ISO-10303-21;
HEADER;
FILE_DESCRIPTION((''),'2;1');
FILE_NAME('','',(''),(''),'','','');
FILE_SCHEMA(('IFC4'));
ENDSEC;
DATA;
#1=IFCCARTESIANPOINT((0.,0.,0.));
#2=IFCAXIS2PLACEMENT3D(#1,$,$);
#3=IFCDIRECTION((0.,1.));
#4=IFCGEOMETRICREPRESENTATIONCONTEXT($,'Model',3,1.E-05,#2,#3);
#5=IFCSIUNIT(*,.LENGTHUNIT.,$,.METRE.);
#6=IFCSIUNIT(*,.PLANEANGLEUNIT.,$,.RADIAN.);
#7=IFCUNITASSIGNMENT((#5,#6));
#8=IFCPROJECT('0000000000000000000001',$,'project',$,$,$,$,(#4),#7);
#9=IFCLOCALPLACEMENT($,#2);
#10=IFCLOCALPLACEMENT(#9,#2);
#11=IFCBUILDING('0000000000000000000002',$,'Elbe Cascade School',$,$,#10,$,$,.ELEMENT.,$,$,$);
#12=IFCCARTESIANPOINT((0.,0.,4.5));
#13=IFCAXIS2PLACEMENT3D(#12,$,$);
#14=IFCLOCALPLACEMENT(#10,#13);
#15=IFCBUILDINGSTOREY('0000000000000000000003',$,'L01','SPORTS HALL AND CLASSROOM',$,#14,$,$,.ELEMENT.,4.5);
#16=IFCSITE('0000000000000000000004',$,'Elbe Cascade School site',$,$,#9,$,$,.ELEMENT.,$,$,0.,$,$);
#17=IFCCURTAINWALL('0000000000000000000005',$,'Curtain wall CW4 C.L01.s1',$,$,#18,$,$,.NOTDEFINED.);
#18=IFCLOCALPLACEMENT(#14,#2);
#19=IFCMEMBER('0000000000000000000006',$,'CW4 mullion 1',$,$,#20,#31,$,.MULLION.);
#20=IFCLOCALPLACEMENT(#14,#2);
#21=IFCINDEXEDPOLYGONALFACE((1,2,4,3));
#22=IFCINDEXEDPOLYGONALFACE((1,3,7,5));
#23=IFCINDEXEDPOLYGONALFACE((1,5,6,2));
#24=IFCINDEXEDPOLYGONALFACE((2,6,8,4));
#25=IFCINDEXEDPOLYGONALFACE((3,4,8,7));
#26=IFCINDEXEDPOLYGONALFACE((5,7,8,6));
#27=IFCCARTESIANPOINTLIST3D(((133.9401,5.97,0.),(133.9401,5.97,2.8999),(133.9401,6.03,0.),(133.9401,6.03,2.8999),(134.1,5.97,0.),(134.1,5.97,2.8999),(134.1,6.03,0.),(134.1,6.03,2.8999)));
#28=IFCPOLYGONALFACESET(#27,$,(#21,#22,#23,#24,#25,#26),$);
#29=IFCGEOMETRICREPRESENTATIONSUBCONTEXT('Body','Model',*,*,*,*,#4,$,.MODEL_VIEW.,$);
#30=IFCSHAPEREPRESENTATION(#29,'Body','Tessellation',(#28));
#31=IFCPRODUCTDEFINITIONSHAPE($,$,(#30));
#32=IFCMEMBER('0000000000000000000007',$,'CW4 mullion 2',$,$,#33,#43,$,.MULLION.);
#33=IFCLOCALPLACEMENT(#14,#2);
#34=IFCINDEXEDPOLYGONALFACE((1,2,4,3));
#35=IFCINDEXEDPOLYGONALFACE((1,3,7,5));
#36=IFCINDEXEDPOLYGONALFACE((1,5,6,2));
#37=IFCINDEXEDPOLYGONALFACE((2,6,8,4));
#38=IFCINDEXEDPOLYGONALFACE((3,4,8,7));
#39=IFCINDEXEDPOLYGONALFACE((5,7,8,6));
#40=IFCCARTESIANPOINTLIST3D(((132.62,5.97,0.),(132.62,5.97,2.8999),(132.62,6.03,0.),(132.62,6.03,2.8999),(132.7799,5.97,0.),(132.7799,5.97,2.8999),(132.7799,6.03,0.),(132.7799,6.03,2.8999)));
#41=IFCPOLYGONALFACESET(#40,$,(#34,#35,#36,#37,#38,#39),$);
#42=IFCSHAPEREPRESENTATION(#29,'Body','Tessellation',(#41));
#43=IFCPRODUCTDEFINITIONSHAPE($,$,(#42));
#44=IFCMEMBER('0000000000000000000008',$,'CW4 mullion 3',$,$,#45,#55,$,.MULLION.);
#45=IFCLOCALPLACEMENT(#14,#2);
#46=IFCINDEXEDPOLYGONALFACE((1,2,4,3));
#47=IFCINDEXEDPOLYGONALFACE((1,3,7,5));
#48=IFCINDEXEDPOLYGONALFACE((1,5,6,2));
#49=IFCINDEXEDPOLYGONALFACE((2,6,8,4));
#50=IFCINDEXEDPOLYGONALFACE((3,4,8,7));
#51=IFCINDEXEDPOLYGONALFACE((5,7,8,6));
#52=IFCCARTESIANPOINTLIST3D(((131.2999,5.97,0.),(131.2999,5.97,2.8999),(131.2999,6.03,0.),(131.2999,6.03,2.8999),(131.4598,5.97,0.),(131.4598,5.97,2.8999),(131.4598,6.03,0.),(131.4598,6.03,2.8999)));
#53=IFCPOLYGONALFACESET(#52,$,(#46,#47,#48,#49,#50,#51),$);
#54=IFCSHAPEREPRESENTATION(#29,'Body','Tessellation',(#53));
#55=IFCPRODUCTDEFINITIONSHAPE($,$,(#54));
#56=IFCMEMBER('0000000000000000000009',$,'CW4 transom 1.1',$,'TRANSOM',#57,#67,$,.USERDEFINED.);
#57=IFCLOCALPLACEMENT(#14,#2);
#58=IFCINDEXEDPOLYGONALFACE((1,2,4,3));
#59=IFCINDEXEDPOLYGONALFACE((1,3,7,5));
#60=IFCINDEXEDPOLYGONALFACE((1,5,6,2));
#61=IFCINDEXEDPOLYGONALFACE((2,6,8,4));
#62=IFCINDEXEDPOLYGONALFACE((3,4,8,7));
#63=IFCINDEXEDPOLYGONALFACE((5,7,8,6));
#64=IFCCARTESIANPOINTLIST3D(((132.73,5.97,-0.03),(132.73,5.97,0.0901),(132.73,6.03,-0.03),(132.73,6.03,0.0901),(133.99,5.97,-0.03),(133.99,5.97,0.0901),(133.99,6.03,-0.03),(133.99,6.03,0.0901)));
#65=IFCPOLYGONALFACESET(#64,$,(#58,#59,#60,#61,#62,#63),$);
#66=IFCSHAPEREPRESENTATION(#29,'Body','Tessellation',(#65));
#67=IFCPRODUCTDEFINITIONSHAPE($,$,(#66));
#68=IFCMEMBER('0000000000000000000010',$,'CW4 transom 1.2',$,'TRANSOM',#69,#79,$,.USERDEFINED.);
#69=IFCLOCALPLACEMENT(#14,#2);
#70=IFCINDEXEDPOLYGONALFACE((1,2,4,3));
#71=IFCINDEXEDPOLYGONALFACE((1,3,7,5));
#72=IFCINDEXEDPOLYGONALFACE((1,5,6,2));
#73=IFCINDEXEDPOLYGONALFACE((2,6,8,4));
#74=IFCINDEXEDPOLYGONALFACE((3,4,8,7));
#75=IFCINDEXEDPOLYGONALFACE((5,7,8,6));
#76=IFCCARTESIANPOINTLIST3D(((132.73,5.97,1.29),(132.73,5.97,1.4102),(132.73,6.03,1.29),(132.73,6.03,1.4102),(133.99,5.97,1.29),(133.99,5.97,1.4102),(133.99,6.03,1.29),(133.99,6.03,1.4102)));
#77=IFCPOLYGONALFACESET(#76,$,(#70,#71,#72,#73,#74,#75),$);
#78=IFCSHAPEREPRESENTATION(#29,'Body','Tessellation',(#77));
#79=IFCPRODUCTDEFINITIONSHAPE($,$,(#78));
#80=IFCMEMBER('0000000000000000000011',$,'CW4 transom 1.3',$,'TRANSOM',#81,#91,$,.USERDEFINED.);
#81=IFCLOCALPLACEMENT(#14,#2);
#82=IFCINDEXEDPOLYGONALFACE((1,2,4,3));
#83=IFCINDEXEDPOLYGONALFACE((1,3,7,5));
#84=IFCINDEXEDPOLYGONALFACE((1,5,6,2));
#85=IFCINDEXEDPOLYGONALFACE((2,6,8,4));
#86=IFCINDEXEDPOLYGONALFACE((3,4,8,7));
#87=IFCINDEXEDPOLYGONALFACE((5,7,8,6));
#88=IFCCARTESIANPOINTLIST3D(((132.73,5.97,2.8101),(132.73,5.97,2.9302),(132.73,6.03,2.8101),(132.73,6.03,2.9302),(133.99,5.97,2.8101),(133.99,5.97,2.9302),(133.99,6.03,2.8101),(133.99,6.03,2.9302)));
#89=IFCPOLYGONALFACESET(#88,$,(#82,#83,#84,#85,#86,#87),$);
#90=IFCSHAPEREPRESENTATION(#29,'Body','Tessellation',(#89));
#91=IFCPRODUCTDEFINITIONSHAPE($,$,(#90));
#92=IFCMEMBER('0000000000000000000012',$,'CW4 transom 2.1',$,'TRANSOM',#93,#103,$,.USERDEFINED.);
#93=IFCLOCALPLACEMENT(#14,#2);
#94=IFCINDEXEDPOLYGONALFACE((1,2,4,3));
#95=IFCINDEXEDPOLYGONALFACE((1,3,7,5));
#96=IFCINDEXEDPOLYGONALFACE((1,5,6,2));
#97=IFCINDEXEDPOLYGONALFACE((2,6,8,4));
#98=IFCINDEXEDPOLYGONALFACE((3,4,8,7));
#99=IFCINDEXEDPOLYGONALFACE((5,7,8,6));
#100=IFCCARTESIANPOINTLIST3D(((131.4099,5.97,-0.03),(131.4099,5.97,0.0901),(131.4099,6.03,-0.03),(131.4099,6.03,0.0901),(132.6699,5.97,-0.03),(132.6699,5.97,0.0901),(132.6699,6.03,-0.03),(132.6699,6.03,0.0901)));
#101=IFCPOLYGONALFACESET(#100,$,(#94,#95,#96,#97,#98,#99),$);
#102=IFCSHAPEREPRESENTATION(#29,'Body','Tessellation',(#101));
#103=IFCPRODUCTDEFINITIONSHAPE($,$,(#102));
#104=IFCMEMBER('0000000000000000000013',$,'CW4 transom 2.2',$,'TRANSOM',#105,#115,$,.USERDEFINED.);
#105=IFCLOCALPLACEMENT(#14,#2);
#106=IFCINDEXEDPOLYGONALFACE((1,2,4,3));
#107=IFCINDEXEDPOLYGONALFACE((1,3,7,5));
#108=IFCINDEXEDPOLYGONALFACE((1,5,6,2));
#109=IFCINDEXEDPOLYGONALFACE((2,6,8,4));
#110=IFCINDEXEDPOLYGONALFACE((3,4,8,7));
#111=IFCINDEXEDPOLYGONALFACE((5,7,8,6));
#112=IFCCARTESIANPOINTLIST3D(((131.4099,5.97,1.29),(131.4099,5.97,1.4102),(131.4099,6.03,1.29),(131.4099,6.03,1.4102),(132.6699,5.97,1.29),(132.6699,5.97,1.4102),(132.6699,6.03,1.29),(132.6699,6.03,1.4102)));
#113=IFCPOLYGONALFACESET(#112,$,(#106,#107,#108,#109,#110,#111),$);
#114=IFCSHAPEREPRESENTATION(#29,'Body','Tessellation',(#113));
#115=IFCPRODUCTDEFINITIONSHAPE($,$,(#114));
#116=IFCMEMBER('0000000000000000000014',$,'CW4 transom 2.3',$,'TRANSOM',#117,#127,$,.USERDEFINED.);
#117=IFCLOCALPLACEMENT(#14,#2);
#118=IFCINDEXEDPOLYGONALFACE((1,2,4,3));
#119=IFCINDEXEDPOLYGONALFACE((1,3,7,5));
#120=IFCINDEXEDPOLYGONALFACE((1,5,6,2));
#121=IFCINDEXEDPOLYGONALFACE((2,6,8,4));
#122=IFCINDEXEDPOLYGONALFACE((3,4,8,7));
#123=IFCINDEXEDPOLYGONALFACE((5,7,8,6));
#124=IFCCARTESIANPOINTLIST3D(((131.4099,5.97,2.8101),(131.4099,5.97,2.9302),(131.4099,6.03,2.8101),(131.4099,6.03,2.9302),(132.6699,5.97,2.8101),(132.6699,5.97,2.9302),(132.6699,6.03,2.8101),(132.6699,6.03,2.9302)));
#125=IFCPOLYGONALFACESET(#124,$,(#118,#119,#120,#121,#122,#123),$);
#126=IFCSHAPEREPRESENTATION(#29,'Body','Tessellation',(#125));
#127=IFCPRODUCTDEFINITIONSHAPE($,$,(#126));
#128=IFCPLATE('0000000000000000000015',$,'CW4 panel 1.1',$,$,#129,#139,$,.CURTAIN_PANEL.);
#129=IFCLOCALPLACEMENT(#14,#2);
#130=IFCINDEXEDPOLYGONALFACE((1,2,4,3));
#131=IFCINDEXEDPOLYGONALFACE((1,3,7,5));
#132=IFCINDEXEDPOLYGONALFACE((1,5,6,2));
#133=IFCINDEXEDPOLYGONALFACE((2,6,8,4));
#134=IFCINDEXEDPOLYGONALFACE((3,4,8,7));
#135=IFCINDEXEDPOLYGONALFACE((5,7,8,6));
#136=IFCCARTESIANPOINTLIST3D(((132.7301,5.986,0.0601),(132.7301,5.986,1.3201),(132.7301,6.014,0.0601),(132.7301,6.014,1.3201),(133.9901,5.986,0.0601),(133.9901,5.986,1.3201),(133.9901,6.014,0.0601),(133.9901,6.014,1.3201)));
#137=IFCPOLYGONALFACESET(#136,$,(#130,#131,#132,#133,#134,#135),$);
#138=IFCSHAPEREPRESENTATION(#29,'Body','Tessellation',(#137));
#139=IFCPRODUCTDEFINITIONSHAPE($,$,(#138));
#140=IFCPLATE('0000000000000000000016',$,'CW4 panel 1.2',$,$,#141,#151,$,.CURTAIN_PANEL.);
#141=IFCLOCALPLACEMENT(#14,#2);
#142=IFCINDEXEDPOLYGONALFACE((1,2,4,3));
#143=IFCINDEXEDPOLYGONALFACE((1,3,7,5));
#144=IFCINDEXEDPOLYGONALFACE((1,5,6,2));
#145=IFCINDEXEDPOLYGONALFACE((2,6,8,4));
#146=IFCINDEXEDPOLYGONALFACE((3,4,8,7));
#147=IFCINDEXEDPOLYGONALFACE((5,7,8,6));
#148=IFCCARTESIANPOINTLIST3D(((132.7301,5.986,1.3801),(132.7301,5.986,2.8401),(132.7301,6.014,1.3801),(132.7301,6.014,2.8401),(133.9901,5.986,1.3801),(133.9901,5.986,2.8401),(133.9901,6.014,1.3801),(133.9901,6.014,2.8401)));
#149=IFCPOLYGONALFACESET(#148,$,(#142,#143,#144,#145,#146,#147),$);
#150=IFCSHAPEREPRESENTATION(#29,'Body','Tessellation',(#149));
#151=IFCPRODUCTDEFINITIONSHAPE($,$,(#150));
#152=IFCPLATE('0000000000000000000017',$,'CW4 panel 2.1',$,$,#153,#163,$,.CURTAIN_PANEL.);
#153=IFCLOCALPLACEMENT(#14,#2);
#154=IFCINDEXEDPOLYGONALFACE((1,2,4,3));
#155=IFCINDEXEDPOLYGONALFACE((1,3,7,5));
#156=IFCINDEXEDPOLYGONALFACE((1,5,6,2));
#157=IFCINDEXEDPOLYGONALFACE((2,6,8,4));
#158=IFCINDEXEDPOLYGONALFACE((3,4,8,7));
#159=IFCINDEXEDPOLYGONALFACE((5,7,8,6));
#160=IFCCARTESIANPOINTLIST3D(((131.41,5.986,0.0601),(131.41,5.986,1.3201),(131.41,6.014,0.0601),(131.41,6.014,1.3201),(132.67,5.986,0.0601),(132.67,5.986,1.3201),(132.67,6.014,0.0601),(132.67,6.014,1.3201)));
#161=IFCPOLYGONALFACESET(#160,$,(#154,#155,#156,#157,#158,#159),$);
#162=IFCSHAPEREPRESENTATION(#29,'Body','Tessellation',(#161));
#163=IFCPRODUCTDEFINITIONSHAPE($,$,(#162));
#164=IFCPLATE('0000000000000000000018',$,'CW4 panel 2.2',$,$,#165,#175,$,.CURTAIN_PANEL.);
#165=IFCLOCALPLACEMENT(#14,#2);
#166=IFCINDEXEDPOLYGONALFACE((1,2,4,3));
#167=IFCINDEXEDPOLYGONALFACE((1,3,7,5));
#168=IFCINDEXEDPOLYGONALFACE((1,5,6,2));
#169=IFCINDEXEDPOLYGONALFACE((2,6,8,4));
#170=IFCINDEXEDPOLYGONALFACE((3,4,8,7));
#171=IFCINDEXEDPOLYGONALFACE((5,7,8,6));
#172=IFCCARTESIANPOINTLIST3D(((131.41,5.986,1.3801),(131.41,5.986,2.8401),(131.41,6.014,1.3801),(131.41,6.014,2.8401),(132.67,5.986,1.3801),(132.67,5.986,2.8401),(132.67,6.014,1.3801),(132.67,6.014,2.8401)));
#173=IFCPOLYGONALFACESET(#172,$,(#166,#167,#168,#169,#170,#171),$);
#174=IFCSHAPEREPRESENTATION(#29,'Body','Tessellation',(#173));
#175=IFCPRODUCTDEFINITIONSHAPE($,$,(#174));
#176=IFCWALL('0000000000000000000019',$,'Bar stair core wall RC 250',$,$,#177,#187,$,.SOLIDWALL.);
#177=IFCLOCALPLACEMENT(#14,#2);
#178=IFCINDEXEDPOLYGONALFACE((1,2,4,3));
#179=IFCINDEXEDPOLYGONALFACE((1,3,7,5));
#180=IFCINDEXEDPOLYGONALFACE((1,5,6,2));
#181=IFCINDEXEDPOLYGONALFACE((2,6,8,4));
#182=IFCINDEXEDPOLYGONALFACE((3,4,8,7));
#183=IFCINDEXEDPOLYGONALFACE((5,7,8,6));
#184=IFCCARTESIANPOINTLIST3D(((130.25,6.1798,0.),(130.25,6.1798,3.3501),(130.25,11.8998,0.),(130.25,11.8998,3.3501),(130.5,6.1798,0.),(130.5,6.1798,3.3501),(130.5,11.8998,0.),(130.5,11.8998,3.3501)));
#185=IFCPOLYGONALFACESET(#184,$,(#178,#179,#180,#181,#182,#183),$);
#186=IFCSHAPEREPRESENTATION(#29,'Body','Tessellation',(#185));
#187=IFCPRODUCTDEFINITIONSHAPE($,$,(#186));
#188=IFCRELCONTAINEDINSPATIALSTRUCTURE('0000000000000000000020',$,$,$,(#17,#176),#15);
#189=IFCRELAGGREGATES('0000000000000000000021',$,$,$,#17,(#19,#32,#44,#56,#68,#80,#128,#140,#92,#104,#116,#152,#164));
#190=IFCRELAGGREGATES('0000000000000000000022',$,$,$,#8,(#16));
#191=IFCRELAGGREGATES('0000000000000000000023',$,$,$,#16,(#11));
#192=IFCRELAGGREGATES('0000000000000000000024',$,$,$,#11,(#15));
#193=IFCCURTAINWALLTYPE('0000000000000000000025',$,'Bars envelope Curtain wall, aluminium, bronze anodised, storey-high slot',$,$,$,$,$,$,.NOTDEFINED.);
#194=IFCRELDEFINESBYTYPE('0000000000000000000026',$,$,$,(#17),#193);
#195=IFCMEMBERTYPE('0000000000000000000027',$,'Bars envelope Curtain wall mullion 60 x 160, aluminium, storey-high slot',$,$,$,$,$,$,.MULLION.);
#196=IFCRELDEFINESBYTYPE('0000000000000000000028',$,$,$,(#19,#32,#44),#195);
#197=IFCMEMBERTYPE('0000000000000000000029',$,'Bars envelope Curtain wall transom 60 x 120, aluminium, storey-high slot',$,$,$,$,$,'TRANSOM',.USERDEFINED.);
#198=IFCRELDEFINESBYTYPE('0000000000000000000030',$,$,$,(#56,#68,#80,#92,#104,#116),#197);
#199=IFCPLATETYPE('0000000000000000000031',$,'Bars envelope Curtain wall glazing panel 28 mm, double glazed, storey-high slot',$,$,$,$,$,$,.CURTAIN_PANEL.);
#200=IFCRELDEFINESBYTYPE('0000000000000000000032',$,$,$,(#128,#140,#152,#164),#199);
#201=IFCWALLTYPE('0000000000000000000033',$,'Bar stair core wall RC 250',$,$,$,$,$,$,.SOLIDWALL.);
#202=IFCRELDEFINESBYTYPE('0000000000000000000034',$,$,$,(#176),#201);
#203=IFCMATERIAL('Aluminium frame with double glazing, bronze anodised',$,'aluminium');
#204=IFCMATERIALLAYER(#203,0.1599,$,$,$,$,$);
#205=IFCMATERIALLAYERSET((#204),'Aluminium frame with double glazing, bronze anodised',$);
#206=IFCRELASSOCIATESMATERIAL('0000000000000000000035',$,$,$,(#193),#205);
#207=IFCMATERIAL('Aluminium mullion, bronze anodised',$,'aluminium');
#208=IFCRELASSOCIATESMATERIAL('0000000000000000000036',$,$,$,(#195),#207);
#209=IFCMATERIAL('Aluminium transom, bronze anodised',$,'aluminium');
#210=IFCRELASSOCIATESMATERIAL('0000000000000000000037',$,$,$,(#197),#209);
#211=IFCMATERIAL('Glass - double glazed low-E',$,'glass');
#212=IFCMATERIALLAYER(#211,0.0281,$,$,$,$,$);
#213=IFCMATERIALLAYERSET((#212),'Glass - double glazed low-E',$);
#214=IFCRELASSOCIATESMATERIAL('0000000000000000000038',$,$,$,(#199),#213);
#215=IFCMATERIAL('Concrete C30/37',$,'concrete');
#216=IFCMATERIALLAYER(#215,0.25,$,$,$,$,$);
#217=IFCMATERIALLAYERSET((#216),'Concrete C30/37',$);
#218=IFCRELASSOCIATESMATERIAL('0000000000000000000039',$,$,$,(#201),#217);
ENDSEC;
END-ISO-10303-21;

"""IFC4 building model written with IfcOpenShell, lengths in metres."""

from ifc_helpers import new_model, si_unit, direction, frame, frame_2d, origin, origin_2d, place, context, subcontext, project, spatial, rectangle, extrude, material, layer, layer_set, material_profile, profile_set, type_object, element, aggregate, save


model = new_model("IFC4")

# Units and contexts
model_context = context("Model", 3, precision=1e-05, world=origin(), true_north=direction((0.0, 1.0)))
body_context = subcontext(model_context, "Body", "Model", "MODEL_VIEW")
ifc_project = project(units=[si_unit("LENGTHUNIT", "METRE"), si_unit("PLANEANGLEUNIT", "RADIAN")], contexts=[model_context])

# Site, building, storey
site_placement = place(None, origin())
site = spatial("IfcSite", under=ifc_project, at=site_placement, Name="Elbe Cascade School site", CompositionType="ELEMENT", RefElevation=0.0)
building_placement = place(site_placement, origin())
building = spatial("IfcBuilding", under=site, at=building_placement, Name="Elbe Cascade School", CompositionType="ELEMENT")
storey_placement = place(building_placement, frame((0.0, 0.0, 4.5)))
storey = spatial("IfcBuildingStorey", under=building, at=storey_placement, Name="L01", Description="SPORTS HALL AND CLASSROOM", CompositionType="ELEMENT", Elevation=4.5)

# Curtain wall, members, plates
ifc_material_1 = material(Name="Aluminium frame with double glazing, bronze anodised", Category="aluminium")
ifc_layer_1 = layer(ifc_material_1, 0.1599)
ifc_layer_set_1 = layer_set([ifc_layer_1], Name="Aluminium frame with double glazing, bronze anodised")
curtain_wall_type = type_object("IfcCurtainWallType", Name="Bars envelope Curtain wall, aluminium, bronze anodised, storey-high slot", PredefinedType="NOTDEFINED", material=ifc_layer_set_1)
curtain_wall_placement = place(storey_placement, origin())
curtain_wall = element("IfcCurtainWall", 1, at=curtain_wall_placement, inside=storey, type_object=curtain_wall_type, Name="Curtain wall CW4 C.L01.s1", PredefinedType="NOTDEFINED")
ifc_material_2 = material(Name="Aluminium mullion, bronze anodised", Category="aluminium")
ifc_material_profile_1 = material_profile(ifc_material_2, rectangle(XDim=0.0601, YDim=0.1599, at=origin_2d()), Name="Bars envelope Curtain wall mullion 60 x 160, aluminium, storey-high slot")
ifc_profile_set_1 = profile_set([ifc_material_profile_1], Name="Aluminium mullion, bronze anodised")
member_type_1 = type_object("IfcMemberType", Name="Bars envelope Curtain wall mullion 60 x 160, aluminium, storey-high slot", PredefinedType="MULLION", material=ifc_profile_set_1)
member_1_placement = place(storey_placement, frame((134.02, 6.0, 0.0), z_axis=(0.0, 0.0, 1.0), x_axis=(0.0, -1.0, 0.0)))
member_1 = element("IfcMember", 2, at=member_1_placement, type_object=member_type_1, Name="CW4 mullion 1", PredefinedType="MULLION", context=body_context, shape_type="SweptSolid", body=[
    extrude(rectangle(XDim=0.0601, YDim=0.1599, at=origin_2d()), origin(), (0.0, 0.0, 1.0), 2.8999),
])
member_2_placement = place(storey_placement, frame((132.7, 6.0, 0.0), z_axis=(0.0, 0.0, 1.0), x_axis=(0.0, -1.0, 0.0)))
member_2 = element("IfcMember", 3, at=member_2_placement, type_object=member_type_1, Name="CW4 mullion 2", PredefinedType="MULLION", context=body_context, shape_type="SweptSolid", body=[
    extrude(rectangle(XDim=0.0601, YDim=0.1599, at=origin_2d()), origin(), (0.0, 0.0, 1.0), 2.8999),
])
member_3_placement = place(storey_placement, frame((131.3799, 6.0, 0.0), z_axis=(0.0, 0.0, 1.0), x_axis=(0.0, -1.0, 0.0)))
member_3 = element("IfcMember", 4, at=member_3_placement, type_object=member_type_1, Name="CW4 mullion 3", PredefinedType="MULLION", context=body_context, shape_type="SweptSolid", body=[
    extrude(rectangle(XDim=0.0601, YDim=0.1599, at=origin_2d()), origin(), (0.0, 0.0, 1.0), 2.8999),
])
ifc_material_3 = material(Name="Aluminium transom, bronze anodised", Category="aluminium")
ifc_material_profile_2 = material_profile(ifc_material_3, rectangle(XDim=0.0601, YDim=0.1201, at=origin_2d()), Name="Bars envelope Curtain wall transom 60 x 120, aluminium, storey-high slot")
ifc_profile_set_2 = profile_set([ifc_material_profile_2], Name="Aluminium transom, bronze anodised")
member_type_2 = type_object("IfcMemberType", Name="Bars envelope Curtain wall transom 60 x 120, aluminium, storey-high slot", ElementType="TRANSOM", PredefinedType="USERDEFINED", material=ifc_profile_set_2)
member_4_placement = place(storey_placement, frame((133.99, 6.0, 0.03), z_axis=(-1.0, 0.0, 0.0), x_axis=(0.0, -1.0, 0.0)))
member_4 = element("IfcMember", 5, at=member_4_placement, type_object=member_type_2, Name="CW4 transom 1.1", ObjectType="TRANSOM", PredefinedType="USERDEFINED", context=body_context, shape_type="SweptSolid", body=[
    extrude(rectangle(XDim=0.0601, YDim=0.1201, at=origin_2d()), origin(), (0.0, 0.0, 1.0), 1.26),
])
member_5_placement = place(storey_placement, frame((133.99, 6.0, 1.3501), z_axis=(-1.0, 0.0, 0.0), x_axis=(0.0, -1.0, 0.0)))
member_5 = element("IfcMember", 6, at=member_5_placement, type_object=member_type_2, Name="CW4 transom 1.2", ObjectType="TRANSOM", PredefinedType="USERDEFINED", context=body_context, shape_type="SweptSolid", body=[
    extrude(rectangle(XDim=0.0601, YDim=0.1201, at=origin_2d()), origin(), (0.0, 0.0, 1.0), 1.26),
])
member_6_placement = place(storey_placement, frame((133.99, 6.0, 2.8701), z_axis=(-1.0, 0.0, 0.0), x_axis=(0.0, -1.0, 0.0)))
member_6 = element("IfcMember", 7, at=member_6_placement, type_object=member_type_2, Name="CW4 transom 1.3", ObjectType="TRANSOM", PredefinedType="USERDEFINED", context=body_context, shape_type="SweptSolid", body=[
    extrude(rectangle(XDim=0.0601, YDim=0.1201, at=origin_2d()), origin(), (0.0, 0.0, 1.0), 1.26),
])
member_7_placement = place(storey_placement, frame((132.6699, 6.0, 0.03), z_axis=(-1.0, 0.0, 0.0), x_axis=(0.0, -1.0, 0.0)))
member_7 = element("IfcMember", 8, at=member_7_placement, type_object=member_type_2, Name="CW4 transom 2.1", ObjectType="TRANSOM", PredefinedType="USERDEFINED", context=body_context, shape_type="SweptSolid", body=[
    extrude(rectangle(XDim=0.0601, YDim=0.1201, at=origin_2d()), origin(), (0.0, 0.0, 1.0), 1.26),
])
member_8_placement = place(storey_placement, frame((132.6699, 6.0, 1.3501), z_axis=(-1.0, 0.0, 0.0), x_axis=(0.0, -1.0, 0.0)))
member_8 = element("IfcMember", 9, at=member_8_placement, type_object=member_type_2, Name="CW4 transom 2.2", ObjectType="TRANSOM", PredefinedType="USERDEFINED", context=body_context, shape_type="SweptSolid", body=[
    extrude(rectangle(XDim=0.0601, YDim=0.1201, at=origin_2d()), origin(), (0.0, 0.0, 1.0), 1.26),
])
member_9_placement = place(storey_placement, frame((132.6699, 6.0, 2.8701), z_axis=(-1.0, 0.0, 0.0), x_axis=(0.0, -1.0, 0.0)))
member_9 = element("IfcMember", 10, at=member_9_placement, type_object=member_type_2, Name="CW4 transom 2.3", ObjectType="TRANSOM", PredefinedType="USERDEFINED", context=body_context, shape_type="SweptSolid", body=[
    extrude(rectangle(XDim=0.0601, YDim=0.1201, at=origin_2d()), origin(), (0.0, 0.0, 1.0), 1.26),
])
ifc_material_4 = material(Name="Glass - double glazed low-E", Category="glass")
ifc_layer_2 = layer(ifc_material_4, 0.0281)
ifc_layer_set_2 = layer_set([ifc_layer_2], Name="Glass - double glazed low-E")
plate_type = type_object("IfcPlateType", Name="Bars envelope Curtain wall glazing panel 28 mm, double glazed, storey-high slot", PredefinedType="CURTAIN_PANEL", material=ifc_layer_set_2)
plate_1_placement = place(storey_placement, frame((133.3601, 6.0, 0.0601), z_axis=(0.0, 0.0, 1.0), x_axis=(-1.0, 0.0, 0.0)))
plate_1 = element("IfcPlate", 11, at=plate_1_placement, type_object=plate_type, Name="CW4 panel 1.1", PredefinedType="CURTAIN_PANEL", context=body_context, shape_type="SweptSolid", body=[
    extrude(rectangle(XDim=1.26, YDim=0.0281, at=origin_2d()), origin(), (0.0, 0.0, 1.0), 1.26),
])
plate_2_placement = place(storey_placement, frame((133.3601, 6.0, 1.3801), z_axis=(0.0, 0.0, 1.0), x_axis=(-1.0, 0.0, 0.0)))
plate_2 = element("IfcPlate", 12, at=plate_2_placement, type_object=plate_type, Name="CW4 panel 1.2", PredefinedType="CURTAIN_PANEL", context=body_context, shape_type="SweptSolid", body=[
    extrude(rectangle(XDim=1.26, YDim=0.0281, at=origin_2d()), origin(), (0.0, 0.0, 1.0), 1.46),
])
plate_3_placement = place(storey_placement, frame((132.04, 6.0, 0.0601), z_axis=(0.0, 0.0, 1.0), x_axis=(-1.0, 0.0, 0.0)))
plate_3 = element("IfcPlate", 13, at=plate_3_placement, type_object=plate_type, Name="CW4 panel 2.1", PredefinedType="CURTAIN_PANEL", context=body_context, shape_type="SweptSolid", body=[
    extrude(rectangle(XDim=1.26, YDim=0.0281, at=origin_2d()), origin(), (0.0, 0.0, 1.0), 1.26),
])
plate_4_placement = place(storey_placement, frame((132.04, 6.0, 1.3801), z_axis=(0.0, 0.0, 1.0), x_axis=(-1.0, 0.0, 0.0)))
plate_4 = element("IfcPlate", 14, at=plate_4_placement, type_object=plate_type, Name="CW4 panel 2.2", PredefinedType="CURTAIN_PANEL", context=body_context, shape_type="SweptSolid", body=[
    extrude(rectangle(XDim=1.26, YDim=0.0281, at=origin_2d()), origin(), (0.0, 0.0, 1.0), 1.46),
])
aggregate(curtain_wall, [member_1, member_2, member_3, member_4, member_5, member_6, plate_1, plate_2, member_7, member_8, member_9, plate_3, plate_4])

# Wall
ifc_material_5 = material(Name="Concrete C30/37", Category="concrete")
ifc_layer_3 = layer(ifc_material_5, 0.25)
ifc_layer_set_3 = layer_set([ifc_layer_3], Name="Concrete C30/37")
wall_type_1 = type_object("IfcWallType", Name="Bar stair core wall RC 250", PredefinedType="SOLIDWALL", material=ifc_layer_set_3)
wall_1_placement = place(storey_placement, frame((130.375, 6.1799, 0.0), z_axis=(0.0, 0.0, 1.0), x_axis=(0.0, 1.0, 0.0)))
element("IfcWall", 15, at=wall_1_placement, inside=storey, type_object=wall_type_1, Name="Bar stair core wall RC 250", PredefinedType="SOLIDWALL", context=body_context, shape_type="SweptSolid", body=[
    extrude(rectangle(XDim=5.72, YDim=0.25, at=frame_2d((2.8599, 0.0))), origin(), (0.0, 0.0, 1.0), 3.3501),
])

save(model, "model.ifc")
